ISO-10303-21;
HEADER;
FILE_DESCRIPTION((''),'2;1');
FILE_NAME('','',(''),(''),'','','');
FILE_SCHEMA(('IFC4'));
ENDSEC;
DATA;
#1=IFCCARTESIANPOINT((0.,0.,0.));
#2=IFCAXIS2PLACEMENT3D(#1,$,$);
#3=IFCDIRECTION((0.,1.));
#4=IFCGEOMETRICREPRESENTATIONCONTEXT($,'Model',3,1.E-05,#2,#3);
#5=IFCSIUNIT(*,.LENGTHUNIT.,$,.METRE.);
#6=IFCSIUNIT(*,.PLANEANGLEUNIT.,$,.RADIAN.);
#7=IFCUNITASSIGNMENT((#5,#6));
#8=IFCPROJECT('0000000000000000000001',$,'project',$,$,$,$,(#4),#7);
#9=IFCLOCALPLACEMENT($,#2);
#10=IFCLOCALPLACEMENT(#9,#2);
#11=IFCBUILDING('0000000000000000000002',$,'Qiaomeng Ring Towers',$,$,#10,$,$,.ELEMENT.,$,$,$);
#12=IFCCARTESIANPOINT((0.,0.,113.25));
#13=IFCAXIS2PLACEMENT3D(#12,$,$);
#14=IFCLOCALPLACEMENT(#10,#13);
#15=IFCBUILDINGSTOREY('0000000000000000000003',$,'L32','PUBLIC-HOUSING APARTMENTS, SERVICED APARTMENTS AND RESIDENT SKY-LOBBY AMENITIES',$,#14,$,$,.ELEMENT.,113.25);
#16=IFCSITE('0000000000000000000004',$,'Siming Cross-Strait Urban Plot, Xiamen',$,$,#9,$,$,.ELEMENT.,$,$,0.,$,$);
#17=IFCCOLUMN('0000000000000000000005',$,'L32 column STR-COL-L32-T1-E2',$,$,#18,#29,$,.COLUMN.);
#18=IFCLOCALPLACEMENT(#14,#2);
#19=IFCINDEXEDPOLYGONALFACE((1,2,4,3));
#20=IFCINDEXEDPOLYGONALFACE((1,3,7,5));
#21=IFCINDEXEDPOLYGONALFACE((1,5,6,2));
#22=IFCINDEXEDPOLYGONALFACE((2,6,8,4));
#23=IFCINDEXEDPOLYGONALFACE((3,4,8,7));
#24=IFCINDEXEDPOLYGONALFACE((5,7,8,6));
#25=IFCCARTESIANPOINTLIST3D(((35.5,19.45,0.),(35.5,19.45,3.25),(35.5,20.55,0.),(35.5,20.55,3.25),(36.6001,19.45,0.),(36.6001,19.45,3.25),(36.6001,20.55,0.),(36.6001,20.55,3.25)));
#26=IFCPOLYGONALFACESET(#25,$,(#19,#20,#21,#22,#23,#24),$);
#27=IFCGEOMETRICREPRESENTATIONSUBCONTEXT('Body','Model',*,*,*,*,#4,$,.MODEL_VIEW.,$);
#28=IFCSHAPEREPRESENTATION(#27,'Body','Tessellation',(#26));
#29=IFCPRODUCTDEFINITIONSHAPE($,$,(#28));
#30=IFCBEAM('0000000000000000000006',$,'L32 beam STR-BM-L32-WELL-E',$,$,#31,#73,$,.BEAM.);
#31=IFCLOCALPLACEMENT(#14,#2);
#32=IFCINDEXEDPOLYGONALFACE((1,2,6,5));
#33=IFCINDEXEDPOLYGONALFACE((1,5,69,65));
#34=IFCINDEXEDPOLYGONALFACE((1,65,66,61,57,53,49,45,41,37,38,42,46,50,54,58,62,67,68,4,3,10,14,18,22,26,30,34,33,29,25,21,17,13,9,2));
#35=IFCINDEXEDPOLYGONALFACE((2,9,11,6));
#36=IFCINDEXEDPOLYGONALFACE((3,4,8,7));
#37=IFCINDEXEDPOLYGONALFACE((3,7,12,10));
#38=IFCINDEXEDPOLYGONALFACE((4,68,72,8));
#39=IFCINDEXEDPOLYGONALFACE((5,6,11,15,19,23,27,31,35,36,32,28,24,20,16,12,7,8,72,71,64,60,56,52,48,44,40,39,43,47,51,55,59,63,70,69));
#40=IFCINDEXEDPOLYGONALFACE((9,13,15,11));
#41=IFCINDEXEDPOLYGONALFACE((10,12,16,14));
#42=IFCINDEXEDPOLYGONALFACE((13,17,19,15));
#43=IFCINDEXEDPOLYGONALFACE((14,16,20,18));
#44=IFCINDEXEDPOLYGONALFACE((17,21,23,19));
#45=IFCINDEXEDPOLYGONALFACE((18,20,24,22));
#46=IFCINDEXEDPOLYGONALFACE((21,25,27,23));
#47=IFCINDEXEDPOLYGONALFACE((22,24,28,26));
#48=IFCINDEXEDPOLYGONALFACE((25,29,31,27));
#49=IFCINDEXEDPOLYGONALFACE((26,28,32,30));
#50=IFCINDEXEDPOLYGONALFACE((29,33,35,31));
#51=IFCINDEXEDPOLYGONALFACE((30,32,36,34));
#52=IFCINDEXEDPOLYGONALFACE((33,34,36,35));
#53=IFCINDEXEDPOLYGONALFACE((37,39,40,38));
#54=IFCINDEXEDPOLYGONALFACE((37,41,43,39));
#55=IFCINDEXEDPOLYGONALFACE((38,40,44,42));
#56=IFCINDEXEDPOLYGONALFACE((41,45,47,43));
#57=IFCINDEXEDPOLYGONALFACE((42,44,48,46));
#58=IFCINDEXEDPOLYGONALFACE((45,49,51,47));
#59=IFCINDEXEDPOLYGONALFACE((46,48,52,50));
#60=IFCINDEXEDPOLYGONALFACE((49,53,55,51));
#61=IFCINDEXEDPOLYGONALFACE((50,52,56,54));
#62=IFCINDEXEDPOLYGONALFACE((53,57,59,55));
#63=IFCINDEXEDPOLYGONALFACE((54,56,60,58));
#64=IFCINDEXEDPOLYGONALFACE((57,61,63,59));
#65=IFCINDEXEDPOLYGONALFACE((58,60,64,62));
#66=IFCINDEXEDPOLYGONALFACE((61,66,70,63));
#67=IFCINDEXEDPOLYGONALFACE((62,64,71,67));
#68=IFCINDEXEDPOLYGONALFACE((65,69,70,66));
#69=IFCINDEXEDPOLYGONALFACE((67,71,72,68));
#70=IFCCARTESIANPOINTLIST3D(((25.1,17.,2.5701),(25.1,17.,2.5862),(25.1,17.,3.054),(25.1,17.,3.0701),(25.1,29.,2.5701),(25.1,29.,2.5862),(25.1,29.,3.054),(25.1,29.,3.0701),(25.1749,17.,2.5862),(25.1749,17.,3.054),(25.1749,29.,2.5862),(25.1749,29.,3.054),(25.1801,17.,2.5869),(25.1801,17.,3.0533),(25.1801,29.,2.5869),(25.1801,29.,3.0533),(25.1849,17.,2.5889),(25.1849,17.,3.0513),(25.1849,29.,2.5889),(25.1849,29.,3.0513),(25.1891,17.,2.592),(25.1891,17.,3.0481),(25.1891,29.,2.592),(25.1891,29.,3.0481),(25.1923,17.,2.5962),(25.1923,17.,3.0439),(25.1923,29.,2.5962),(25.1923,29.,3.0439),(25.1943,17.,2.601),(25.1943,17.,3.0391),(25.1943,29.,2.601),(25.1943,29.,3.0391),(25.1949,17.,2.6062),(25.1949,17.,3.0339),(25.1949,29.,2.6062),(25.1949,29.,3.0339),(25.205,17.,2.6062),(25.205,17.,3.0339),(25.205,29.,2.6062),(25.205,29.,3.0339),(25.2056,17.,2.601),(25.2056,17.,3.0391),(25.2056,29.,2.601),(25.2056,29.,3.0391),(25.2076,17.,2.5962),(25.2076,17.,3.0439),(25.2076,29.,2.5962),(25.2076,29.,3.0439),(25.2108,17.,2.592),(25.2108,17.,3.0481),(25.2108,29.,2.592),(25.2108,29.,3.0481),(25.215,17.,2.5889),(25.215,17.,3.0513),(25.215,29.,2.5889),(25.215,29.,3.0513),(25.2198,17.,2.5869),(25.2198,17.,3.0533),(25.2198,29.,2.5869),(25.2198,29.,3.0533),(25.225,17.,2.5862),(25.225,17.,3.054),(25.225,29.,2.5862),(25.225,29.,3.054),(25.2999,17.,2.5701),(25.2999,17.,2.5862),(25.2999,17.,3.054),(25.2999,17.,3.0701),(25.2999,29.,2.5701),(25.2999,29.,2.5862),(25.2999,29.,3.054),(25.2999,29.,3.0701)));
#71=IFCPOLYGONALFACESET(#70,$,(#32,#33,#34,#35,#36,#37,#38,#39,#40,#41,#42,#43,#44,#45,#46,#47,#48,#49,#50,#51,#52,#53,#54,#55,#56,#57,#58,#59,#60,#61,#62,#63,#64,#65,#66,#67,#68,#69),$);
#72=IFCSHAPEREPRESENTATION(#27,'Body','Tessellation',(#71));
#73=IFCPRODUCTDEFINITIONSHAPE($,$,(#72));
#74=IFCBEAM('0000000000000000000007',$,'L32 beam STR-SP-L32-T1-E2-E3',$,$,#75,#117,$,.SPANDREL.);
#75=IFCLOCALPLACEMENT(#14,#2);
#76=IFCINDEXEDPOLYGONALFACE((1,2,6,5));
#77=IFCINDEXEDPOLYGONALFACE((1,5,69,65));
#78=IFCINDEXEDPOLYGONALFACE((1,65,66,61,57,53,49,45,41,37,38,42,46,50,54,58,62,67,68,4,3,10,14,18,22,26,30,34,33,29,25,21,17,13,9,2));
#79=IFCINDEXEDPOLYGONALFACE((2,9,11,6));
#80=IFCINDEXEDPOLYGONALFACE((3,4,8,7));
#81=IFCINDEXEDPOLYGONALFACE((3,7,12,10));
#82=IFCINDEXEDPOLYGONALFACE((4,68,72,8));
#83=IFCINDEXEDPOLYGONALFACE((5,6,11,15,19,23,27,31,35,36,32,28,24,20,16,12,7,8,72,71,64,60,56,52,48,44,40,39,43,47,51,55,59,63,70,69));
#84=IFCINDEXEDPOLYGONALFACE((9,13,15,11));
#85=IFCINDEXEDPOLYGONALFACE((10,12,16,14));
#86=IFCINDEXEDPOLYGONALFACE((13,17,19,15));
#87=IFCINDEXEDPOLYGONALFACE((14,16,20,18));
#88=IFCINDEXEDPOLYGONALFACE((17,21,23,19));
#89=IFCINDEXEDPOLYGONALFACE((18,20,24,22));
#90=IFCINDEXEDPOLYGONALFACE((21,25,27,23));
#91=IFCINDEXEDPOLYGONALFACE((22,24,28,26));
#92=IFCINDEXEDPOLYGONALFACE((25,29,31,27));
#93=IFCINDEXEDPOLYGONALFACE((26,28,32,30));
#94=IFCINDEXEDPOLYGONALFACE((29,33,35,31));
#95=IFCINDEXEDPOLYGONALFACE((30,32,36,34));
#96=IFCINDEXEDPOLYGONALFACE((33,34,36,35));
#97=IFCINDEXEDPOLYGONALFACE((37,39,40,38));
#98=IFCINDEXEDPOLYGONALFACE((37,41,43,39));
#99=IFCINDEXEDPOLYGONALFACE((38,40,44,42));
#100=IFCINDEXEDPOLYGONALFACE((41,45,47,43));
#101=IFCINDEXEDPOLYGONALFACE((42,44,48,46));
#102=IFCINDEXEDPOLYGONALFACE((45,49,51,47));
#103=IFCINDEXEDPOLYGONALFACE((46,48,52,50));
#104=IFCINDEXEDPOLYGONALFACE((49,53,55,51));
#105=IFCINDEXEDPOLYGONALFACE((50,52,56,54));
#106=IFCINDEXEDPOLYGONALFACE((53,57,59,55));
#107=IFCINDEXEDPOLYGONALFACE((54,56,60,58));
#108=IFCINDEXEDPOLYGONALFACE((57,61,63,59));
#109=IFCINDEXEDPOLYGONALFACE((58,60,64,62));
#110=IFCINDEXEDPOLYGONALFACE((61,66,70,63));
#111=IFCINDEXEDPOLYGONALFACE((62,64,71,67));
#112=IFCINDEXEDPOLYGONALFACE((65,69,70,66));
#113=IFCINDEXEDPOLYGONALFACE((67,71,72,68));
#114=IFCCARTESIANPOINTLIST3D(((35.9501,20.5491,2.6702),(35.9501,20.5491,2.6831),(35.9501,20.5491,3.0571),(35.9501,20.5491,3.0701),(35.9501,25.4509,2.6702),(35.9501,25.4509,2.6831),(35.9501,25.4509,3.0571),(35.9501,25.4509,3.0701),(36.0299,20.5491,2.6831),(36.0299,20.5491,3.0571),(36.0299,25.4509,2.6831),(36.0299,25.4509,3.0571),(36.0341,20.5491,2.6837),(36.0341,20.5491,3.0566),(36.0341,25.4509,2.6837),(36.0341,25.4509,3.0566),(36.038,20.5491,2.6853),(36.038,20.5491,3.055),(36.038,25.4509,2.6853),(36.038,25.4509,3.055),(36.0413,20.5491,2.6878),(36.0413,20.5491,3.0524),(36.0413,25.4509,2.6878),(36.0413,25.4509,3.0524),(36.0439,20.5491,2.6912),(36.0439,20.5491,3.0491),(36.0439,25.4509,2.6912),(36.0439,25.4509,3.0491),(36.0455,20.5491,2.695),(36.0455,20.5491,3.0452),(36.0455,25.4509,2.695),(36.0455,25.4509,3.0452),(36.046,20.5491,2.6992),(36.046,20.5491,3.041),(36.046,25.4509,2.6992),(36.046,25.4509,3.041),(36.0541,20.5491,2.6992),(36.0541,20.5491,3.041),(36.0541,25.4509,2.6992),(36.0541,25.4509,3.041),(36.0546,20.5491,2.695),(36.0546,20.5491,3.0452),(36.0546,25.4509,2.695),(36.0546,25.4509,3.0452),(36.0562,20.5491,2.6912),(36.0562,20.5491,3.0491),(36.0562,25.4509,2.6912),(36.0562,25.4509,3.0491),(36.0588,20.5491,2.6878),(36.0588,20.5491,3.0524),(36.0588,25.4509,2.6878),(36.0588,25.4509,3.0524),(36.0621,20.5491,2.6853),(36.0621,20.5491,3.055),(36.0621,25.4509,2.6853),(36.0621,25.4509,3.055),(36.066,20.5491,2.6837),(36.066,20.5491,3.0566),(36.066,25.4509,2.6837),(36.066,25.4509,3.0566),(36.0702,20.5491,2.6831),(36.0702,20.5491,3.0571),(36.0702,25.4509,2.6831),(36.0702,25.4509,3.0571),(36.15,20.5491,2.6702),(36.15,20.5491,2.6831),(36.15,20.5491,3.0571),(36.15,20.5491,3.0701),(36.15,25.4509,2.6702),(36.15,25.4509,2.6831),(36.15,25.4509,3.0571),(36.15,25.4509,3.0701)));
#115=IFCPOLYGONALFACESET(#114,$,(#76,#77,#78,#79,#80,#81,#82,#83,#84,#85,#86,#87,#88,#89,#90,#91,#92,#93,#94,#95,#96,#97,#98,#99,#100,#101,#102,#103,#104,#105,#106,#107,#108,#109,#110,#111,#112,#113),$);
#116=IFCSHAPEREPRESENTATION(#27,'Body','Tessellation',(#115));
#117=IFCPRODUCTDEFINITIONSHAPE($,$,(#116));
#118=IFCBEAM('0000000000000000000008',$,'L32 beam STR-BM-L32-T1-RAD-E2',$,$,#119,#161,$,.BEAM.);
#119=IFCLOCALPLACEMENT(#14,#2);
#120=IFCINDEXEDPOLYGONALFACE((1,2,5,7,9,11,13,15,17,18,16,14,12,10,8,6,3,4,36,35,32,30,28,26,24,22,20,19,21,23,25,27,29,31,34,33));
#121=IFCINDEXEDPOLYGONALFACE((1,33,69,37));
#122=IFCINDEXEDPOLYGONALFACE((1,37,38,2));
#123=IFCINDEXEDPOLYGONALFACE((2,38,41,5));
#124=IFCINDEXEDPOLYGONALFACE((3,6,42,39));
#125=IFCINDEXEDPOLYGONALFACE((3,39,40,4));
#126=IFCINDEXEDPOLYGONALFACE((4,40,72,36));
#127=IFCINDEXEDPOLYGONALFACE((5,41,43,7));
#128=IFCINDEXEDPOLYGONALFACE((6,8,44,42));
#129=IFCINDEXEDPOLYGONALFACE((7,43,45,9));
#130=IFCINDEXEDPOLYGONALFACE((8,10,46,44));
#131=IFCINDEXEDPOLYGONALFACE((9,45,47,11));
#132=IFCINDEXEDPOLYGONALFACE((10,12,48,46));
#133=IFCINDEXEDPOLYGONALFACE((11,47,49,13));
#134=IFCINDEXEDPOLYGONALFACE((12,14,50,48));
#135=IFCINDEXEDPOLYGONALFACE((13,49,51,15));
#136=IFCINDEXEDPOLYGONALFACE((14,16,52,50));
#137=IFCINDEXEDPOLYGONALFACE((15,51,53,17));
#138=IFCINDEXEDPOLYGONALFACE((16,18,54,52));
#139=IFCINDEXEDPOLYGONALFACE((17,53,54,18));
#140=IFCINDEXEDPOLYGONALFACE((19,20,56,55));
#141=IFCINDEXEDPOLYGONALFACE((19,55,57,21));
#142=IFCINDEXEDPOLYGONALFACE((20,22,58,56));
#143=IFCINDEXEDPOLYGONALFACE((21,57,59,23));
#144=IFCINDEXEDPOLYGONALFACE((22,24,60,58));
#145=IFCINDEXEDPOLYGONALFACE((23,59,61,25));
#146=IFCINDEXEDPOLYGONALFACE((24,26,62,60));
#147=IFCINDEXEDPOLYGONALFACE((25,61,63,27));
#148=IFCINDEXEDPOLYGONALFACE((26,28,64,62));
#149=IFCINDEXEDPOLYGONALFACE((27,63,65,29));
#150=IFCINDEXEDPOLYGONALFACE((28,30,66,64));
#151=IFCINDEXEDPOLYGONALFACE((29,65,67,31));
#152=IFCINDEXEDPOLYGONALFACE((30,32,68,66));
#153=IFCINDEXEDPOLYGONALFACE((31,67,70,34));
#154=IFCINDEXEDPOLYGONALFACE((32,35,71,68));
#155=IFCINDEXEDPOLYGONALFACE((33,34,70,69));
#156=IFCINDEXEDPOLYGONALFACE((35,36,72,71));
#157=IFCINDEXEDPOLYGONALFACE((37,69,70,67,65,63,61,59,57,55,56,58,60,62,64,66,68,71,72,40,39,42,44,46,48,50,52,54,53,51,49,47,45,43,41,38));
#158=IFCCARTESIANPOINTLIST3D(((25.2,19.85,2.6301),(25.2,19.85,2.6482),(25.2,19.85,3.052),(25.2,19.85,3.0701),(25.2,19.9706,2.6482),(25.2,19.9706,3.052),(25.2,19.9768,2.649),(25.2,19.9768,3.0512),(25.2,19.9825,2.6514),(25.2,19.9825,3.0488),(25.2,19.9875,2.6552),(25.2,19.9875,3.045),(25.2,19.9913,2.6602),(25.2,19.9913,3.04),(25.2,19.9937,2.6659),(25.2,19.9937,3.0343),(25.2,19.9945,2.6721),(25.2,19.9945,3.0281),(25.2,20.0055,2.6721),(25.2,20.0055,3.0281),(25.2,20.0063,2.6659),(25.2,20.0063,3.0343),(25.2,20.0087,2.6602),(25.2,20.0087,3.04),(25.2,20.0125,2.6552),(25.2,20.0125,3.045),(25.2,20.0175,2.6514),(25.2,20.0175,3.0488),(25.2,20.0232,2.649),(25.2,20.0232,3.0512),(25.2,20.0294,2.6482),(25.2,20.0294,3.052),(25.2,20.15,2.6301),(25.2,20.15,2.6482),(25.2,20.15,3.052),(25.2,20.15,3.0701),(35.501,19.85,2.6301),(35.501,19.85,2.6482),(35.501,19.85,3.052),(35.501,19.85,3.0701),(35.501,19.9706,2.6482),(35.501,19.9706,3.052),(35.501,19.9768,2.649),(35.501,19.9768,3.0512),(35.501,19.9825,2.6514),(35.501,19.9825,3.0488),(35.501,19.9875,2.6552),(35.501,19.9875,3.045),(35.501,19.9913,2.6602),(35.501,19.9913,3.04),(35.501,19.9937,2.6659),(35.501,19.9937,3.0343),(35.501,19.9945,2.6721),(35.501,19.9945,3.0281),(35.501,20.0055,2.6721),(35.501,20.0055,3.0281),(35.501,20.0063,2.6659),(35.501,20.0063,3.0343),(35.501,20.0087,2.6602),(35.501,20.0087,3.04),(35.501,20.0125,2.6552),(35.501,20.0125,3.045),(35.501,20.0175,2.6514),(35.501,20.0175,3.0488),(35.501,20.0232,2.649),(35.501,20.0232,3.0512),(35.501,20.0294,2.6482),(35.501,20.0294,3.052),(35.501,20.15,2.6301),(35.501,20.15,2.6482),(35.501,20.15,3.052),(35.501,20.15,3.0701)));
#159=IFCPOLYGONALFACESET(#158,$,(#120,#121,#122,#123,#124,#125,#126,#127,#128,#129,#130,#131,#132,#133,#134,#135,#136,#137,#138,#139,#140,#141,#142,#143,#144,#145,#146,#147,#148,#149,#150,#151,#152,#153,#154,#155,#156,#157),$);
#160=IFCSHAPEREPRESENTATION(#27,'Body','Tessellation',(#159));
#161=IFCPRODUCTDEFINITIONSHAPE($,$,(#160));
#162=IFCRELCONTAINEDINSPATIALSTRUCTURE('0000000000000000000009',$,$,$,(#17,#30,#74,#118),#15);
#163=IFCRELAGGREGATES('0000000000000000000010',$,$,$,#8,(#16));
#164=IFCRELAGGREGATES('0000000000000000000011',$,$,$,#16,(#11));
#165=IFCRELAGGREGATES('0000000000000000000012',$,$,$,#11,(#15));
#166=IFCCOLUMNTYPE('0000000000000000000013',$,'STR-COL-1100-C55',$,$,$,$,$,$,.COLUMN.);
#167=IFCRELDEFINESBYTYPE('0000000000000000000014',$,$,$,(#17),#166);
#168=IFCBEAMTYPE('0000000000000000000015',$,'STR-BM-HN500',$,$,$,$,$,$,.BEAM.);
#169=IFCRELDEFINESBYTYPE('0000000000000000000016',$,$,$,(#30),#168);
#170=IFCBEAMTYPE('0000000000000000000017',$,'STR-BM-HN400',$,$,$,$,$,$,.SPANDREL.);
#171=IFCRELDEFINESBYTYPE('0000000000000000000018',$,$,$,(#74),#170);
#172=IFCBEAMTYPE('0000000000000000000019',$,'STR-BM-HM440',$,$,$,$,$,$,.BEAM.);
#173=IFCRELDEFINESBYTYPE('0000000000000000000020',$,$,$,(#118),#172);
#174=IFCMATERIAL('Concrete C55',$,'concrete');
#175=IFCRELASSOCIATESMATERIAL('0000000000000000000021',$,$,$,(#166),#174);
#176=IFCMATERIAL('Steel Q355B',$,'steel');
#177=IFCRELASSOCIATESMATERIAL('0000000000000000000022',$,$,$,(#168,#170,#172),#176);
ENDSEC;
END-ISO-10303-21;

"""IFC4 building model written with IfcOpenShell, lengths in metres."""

from ifc_helpers import new_model, si_unit, direction, frame, origin, origin_2d, place, context, subcontext, project, spatial, rectangle, i_section, extrude, source, transform, mapped, material, material_profile, profile_set, type_object, element, save


model = new_model("IFC4")

# Units and contexts
model_context = context("Model", 3, precision=1e-05, world=origin(), true_north=direction((0.0, 1.0)))
body_context = subcontext(model_context, "Body", "Model", "MODEL_VIEW")
ifc_project = project(units=[si_unit("LENGTHUNIT", "METRE"), si_unit("PLANEANGLEUNIT", "RADIAN")], contexts=[model_context])

# Site, building, storey
site_placement = place(None, origin())
site = spatial("IfcSite", under=ifc_project, at=site_placement, Name="Siming Cross-Strait Urban Plot, Xiamen", CompositionType="ELEMENT", RefElevation=0.0)
building_placement = place(site_placement, origin())
building = spatial("IfcBuilding", under=site, at=building_placement, Name="Qiaomeng Ring Towers", CompositionType="ELEMENT")
storey_placement = place(building_placement, frame((0.0, 0.0, 113.25)))
storey = spatial("IfcBuildingStorey", under=building, at=storey_placement, Name="L32", Description="PUBLIC-HOUSING APARTMENTS, SERVICED APARTMENTS AND RESIDENT SKY-LOBBY AMENITIES", CompositionType="ELEMENT", Elevation=113.25)

# Column
ifc_material_1 = material(Name="Concrete C55", Category="concrete")
ifc_material_profile_1 = material_profile(ifc_material_1, rectangle(XDim=1.1001, YDim=1.1001, at=origin_2d()), Name="RC COL 1100x1100")
ifc_profile_set_1 = profile_set([ifc_material_profile_1], Name="Concrete C55")
column_type = type_object("IfcColumnType", Name="STR-COL-1100-C55", PredefinedType="COLUMN", material=ifc_profile_set_1)
shared_shape_1 = source(origin(), body_context, "Body", "SweptSolid", [
    extrude(rectangle(XDim=1.1001, YDim=1.1001, at=origin_2d()), origin(), (0.0, 0.0, 1.0), 3.25),
])
column_placement = place(storey_placement, frame((36.05, 20.0, 0.0), z_axis=(0.0, 0.0, 1.0), x_axis=(1.0, 0.0, 0.0)))
element("IfcColumn", 1, at=column_placement, inside=storey, type_object=column_type, Name="L32 column STR-COL-L32-T1-E2", PredefinedType="COLUMN", context=body_context, shape_type="MappedRepresentation", body=[
    mapped(shared_shape_1, transform((0.0, 0.0, 0.0), x_axis=(1.0, 0.0, 0.0), y_axis=(0.0, 1.0, 0.0), z_axis=(0.0, 0.0, 1.0), scale=1.0)),
])

# Beams
ifc_material_2 = material(Name="Steel Q355B", Category="steel")
ifc_material_profile_2 = material_profile(ifc_material_2, i_section(OverallWidth=0.2, OverallDepth=0.5, WebThickness=0.01, FlangeThickness=0.0161, FilletRadius=0.02, at=origin_2d()), Name="HN 500x200x10x16")
ifc_profile_set_2 = profile_set([ifc_material_profile_2], Name="Steel Q355B")
beam_type_1 = type_object("IfcBeamType", Name="STR-BM-HN500", PredefinedType="BEAM", material=ifc_profile_set_2)
shared_shape_2 = source(origin(), body_context, "Body", "SweptSolid", [
    extrude(i_section(OverallWidth=0.2, OverallDepth=0.5, WebThickness=0.01, FlangeThickness=0.0161, FilletRadius=0.02, at=origin_2d()), origin(), (0.0, 0.0, 1.0), 12.0),
])
beam_1_placement = place(storey_placement, frame((25.2, 17.0, 2.8201), z_axis=(0.0, 1.0, 0.0), x_axis=(-1.0, 0.0, 0.0)))
element("IfcBeam", 2, at=beam_1_placement, inside=storey, type_object=beam_type_1, Name="L32 beam STR-BM-L32-WELL-E", PredefinedType="BEAM", context=body_context, shape_type="MappedRepresentation", body=[
    mapped(shared_shape_2, transform((0.0, 0.0, 0.0), x_axis=(1.0, 0.0, 0.0), y_axis=(0.0, 1.0, 0.0), z_axis=(0.0, 0.0, 1.0), scale=1.0)),
])
ifc_material_profile_3 = material_profile(ifc_material_2, i_section(OverallWidth=0.2, OverallDepth=0.3999, WebThickness=0.0081, FlangeThickness=0.0129, FilletRadius=0.0161, at=origin_2d()), Name="HN 400x200x8x13")
ifc_profile_set_3 = profile_set([ifc_material_profile_3], Name="Steel Q355B")
beam_type_2 = type_object("IfcBeamType", Name="STR-BM-HN400", PredefinedType="SPANDREL", material=ifc_profile_set_3)
shared_shape_3 = source(origin(), body_context, "Body", "SweptSolid", [
    extrude(i_section(OverallWidth=0.2, OverallDepth=0.3999, WebThickness=0.0081, FlangeThickness=0.0129, FilletRadius=0.0161, at=origin_2d()), origin(), (0.0, 0.0, 1.0), 4.9019),
])
beam_2_placement = place(storey_placement, frame((36.05, 20.5491, 2.8701), z_axis=(0.0, 1.0, 0.0), x_axis=(-1.0, 0.0, 0.0)))
element("IfcBeam", 3, at=beam_2_placement, inside=storey, type_object=beam_type_2, Name="L32 beam STR-SP-L32-T1-E2-E3", PredefinedType="SPANDREL", context=body_context, shape_type="MappedRepresentation", body=[
    mapped(shared_shape_3, transform((0.0, 0.0, 0.0), x_axis=(1.0, 0.0, 0.0), y_axis=(0.0, 1.0, 0.0), z_axis=(0.0, 0.0, 1.0), scale=1.0)),
])
ifc_material_profile_4 = material_profile(ifc_material_2, i_section(OverallWidth=0.3, OverallDepth=0.4399, WebThickness=0.011, FlangeThickness=0.0181, FilletRadius=0.0239, at=origin_2d()), Name="HM 440x300x11x18")
ifc_profile_set_4 = profile_set([ifc_material_profile_4], Name="Steel Q355B")
beam_type_3 = type_object("IfcBeamType", Name="STR-BM-HM440", PredefinedType="BEAM", material=ifc_profile_set_4)
shared_shape_4 = source(origin(), body_context, "Body", "SweptSolid", [
    extrude(i_section(OverallWidth=0.3, OverallDepth=0.4399, WebThickness=0.011, FlangeThickness=0.0181, FilletRadius=0.0239, at=origin_2d()), origin(), (0.0, 0.0, 1.0), 10.301),
])
beam_3_placement = place(storey_placement, frame((25.2, 20.0, 2.8501), z_axis=(1.0, 0.0, 0.0), x_axis=(0.0, 1.0, 0.0)))
element("IfcBeam", 4, at=beam_3_placement, inside=storey, type_object=beam_type_3, Name="L32 beam STR-BM-L32-T1-RAD-E2", PredefinedType="BEAM", context=body_context, shape_type="MappedRepresentation", body=[
    mapped(shared_shape_4, transform((0.0, 0.0, 0.0), x_axis=(1.0, 0.0, 0.0), y_axis=(0.0, 1.0, 0.0), z_axis=(0.0, 0.0, 1.0), scale=1.0)),
])

save(model, "model.ifc")
